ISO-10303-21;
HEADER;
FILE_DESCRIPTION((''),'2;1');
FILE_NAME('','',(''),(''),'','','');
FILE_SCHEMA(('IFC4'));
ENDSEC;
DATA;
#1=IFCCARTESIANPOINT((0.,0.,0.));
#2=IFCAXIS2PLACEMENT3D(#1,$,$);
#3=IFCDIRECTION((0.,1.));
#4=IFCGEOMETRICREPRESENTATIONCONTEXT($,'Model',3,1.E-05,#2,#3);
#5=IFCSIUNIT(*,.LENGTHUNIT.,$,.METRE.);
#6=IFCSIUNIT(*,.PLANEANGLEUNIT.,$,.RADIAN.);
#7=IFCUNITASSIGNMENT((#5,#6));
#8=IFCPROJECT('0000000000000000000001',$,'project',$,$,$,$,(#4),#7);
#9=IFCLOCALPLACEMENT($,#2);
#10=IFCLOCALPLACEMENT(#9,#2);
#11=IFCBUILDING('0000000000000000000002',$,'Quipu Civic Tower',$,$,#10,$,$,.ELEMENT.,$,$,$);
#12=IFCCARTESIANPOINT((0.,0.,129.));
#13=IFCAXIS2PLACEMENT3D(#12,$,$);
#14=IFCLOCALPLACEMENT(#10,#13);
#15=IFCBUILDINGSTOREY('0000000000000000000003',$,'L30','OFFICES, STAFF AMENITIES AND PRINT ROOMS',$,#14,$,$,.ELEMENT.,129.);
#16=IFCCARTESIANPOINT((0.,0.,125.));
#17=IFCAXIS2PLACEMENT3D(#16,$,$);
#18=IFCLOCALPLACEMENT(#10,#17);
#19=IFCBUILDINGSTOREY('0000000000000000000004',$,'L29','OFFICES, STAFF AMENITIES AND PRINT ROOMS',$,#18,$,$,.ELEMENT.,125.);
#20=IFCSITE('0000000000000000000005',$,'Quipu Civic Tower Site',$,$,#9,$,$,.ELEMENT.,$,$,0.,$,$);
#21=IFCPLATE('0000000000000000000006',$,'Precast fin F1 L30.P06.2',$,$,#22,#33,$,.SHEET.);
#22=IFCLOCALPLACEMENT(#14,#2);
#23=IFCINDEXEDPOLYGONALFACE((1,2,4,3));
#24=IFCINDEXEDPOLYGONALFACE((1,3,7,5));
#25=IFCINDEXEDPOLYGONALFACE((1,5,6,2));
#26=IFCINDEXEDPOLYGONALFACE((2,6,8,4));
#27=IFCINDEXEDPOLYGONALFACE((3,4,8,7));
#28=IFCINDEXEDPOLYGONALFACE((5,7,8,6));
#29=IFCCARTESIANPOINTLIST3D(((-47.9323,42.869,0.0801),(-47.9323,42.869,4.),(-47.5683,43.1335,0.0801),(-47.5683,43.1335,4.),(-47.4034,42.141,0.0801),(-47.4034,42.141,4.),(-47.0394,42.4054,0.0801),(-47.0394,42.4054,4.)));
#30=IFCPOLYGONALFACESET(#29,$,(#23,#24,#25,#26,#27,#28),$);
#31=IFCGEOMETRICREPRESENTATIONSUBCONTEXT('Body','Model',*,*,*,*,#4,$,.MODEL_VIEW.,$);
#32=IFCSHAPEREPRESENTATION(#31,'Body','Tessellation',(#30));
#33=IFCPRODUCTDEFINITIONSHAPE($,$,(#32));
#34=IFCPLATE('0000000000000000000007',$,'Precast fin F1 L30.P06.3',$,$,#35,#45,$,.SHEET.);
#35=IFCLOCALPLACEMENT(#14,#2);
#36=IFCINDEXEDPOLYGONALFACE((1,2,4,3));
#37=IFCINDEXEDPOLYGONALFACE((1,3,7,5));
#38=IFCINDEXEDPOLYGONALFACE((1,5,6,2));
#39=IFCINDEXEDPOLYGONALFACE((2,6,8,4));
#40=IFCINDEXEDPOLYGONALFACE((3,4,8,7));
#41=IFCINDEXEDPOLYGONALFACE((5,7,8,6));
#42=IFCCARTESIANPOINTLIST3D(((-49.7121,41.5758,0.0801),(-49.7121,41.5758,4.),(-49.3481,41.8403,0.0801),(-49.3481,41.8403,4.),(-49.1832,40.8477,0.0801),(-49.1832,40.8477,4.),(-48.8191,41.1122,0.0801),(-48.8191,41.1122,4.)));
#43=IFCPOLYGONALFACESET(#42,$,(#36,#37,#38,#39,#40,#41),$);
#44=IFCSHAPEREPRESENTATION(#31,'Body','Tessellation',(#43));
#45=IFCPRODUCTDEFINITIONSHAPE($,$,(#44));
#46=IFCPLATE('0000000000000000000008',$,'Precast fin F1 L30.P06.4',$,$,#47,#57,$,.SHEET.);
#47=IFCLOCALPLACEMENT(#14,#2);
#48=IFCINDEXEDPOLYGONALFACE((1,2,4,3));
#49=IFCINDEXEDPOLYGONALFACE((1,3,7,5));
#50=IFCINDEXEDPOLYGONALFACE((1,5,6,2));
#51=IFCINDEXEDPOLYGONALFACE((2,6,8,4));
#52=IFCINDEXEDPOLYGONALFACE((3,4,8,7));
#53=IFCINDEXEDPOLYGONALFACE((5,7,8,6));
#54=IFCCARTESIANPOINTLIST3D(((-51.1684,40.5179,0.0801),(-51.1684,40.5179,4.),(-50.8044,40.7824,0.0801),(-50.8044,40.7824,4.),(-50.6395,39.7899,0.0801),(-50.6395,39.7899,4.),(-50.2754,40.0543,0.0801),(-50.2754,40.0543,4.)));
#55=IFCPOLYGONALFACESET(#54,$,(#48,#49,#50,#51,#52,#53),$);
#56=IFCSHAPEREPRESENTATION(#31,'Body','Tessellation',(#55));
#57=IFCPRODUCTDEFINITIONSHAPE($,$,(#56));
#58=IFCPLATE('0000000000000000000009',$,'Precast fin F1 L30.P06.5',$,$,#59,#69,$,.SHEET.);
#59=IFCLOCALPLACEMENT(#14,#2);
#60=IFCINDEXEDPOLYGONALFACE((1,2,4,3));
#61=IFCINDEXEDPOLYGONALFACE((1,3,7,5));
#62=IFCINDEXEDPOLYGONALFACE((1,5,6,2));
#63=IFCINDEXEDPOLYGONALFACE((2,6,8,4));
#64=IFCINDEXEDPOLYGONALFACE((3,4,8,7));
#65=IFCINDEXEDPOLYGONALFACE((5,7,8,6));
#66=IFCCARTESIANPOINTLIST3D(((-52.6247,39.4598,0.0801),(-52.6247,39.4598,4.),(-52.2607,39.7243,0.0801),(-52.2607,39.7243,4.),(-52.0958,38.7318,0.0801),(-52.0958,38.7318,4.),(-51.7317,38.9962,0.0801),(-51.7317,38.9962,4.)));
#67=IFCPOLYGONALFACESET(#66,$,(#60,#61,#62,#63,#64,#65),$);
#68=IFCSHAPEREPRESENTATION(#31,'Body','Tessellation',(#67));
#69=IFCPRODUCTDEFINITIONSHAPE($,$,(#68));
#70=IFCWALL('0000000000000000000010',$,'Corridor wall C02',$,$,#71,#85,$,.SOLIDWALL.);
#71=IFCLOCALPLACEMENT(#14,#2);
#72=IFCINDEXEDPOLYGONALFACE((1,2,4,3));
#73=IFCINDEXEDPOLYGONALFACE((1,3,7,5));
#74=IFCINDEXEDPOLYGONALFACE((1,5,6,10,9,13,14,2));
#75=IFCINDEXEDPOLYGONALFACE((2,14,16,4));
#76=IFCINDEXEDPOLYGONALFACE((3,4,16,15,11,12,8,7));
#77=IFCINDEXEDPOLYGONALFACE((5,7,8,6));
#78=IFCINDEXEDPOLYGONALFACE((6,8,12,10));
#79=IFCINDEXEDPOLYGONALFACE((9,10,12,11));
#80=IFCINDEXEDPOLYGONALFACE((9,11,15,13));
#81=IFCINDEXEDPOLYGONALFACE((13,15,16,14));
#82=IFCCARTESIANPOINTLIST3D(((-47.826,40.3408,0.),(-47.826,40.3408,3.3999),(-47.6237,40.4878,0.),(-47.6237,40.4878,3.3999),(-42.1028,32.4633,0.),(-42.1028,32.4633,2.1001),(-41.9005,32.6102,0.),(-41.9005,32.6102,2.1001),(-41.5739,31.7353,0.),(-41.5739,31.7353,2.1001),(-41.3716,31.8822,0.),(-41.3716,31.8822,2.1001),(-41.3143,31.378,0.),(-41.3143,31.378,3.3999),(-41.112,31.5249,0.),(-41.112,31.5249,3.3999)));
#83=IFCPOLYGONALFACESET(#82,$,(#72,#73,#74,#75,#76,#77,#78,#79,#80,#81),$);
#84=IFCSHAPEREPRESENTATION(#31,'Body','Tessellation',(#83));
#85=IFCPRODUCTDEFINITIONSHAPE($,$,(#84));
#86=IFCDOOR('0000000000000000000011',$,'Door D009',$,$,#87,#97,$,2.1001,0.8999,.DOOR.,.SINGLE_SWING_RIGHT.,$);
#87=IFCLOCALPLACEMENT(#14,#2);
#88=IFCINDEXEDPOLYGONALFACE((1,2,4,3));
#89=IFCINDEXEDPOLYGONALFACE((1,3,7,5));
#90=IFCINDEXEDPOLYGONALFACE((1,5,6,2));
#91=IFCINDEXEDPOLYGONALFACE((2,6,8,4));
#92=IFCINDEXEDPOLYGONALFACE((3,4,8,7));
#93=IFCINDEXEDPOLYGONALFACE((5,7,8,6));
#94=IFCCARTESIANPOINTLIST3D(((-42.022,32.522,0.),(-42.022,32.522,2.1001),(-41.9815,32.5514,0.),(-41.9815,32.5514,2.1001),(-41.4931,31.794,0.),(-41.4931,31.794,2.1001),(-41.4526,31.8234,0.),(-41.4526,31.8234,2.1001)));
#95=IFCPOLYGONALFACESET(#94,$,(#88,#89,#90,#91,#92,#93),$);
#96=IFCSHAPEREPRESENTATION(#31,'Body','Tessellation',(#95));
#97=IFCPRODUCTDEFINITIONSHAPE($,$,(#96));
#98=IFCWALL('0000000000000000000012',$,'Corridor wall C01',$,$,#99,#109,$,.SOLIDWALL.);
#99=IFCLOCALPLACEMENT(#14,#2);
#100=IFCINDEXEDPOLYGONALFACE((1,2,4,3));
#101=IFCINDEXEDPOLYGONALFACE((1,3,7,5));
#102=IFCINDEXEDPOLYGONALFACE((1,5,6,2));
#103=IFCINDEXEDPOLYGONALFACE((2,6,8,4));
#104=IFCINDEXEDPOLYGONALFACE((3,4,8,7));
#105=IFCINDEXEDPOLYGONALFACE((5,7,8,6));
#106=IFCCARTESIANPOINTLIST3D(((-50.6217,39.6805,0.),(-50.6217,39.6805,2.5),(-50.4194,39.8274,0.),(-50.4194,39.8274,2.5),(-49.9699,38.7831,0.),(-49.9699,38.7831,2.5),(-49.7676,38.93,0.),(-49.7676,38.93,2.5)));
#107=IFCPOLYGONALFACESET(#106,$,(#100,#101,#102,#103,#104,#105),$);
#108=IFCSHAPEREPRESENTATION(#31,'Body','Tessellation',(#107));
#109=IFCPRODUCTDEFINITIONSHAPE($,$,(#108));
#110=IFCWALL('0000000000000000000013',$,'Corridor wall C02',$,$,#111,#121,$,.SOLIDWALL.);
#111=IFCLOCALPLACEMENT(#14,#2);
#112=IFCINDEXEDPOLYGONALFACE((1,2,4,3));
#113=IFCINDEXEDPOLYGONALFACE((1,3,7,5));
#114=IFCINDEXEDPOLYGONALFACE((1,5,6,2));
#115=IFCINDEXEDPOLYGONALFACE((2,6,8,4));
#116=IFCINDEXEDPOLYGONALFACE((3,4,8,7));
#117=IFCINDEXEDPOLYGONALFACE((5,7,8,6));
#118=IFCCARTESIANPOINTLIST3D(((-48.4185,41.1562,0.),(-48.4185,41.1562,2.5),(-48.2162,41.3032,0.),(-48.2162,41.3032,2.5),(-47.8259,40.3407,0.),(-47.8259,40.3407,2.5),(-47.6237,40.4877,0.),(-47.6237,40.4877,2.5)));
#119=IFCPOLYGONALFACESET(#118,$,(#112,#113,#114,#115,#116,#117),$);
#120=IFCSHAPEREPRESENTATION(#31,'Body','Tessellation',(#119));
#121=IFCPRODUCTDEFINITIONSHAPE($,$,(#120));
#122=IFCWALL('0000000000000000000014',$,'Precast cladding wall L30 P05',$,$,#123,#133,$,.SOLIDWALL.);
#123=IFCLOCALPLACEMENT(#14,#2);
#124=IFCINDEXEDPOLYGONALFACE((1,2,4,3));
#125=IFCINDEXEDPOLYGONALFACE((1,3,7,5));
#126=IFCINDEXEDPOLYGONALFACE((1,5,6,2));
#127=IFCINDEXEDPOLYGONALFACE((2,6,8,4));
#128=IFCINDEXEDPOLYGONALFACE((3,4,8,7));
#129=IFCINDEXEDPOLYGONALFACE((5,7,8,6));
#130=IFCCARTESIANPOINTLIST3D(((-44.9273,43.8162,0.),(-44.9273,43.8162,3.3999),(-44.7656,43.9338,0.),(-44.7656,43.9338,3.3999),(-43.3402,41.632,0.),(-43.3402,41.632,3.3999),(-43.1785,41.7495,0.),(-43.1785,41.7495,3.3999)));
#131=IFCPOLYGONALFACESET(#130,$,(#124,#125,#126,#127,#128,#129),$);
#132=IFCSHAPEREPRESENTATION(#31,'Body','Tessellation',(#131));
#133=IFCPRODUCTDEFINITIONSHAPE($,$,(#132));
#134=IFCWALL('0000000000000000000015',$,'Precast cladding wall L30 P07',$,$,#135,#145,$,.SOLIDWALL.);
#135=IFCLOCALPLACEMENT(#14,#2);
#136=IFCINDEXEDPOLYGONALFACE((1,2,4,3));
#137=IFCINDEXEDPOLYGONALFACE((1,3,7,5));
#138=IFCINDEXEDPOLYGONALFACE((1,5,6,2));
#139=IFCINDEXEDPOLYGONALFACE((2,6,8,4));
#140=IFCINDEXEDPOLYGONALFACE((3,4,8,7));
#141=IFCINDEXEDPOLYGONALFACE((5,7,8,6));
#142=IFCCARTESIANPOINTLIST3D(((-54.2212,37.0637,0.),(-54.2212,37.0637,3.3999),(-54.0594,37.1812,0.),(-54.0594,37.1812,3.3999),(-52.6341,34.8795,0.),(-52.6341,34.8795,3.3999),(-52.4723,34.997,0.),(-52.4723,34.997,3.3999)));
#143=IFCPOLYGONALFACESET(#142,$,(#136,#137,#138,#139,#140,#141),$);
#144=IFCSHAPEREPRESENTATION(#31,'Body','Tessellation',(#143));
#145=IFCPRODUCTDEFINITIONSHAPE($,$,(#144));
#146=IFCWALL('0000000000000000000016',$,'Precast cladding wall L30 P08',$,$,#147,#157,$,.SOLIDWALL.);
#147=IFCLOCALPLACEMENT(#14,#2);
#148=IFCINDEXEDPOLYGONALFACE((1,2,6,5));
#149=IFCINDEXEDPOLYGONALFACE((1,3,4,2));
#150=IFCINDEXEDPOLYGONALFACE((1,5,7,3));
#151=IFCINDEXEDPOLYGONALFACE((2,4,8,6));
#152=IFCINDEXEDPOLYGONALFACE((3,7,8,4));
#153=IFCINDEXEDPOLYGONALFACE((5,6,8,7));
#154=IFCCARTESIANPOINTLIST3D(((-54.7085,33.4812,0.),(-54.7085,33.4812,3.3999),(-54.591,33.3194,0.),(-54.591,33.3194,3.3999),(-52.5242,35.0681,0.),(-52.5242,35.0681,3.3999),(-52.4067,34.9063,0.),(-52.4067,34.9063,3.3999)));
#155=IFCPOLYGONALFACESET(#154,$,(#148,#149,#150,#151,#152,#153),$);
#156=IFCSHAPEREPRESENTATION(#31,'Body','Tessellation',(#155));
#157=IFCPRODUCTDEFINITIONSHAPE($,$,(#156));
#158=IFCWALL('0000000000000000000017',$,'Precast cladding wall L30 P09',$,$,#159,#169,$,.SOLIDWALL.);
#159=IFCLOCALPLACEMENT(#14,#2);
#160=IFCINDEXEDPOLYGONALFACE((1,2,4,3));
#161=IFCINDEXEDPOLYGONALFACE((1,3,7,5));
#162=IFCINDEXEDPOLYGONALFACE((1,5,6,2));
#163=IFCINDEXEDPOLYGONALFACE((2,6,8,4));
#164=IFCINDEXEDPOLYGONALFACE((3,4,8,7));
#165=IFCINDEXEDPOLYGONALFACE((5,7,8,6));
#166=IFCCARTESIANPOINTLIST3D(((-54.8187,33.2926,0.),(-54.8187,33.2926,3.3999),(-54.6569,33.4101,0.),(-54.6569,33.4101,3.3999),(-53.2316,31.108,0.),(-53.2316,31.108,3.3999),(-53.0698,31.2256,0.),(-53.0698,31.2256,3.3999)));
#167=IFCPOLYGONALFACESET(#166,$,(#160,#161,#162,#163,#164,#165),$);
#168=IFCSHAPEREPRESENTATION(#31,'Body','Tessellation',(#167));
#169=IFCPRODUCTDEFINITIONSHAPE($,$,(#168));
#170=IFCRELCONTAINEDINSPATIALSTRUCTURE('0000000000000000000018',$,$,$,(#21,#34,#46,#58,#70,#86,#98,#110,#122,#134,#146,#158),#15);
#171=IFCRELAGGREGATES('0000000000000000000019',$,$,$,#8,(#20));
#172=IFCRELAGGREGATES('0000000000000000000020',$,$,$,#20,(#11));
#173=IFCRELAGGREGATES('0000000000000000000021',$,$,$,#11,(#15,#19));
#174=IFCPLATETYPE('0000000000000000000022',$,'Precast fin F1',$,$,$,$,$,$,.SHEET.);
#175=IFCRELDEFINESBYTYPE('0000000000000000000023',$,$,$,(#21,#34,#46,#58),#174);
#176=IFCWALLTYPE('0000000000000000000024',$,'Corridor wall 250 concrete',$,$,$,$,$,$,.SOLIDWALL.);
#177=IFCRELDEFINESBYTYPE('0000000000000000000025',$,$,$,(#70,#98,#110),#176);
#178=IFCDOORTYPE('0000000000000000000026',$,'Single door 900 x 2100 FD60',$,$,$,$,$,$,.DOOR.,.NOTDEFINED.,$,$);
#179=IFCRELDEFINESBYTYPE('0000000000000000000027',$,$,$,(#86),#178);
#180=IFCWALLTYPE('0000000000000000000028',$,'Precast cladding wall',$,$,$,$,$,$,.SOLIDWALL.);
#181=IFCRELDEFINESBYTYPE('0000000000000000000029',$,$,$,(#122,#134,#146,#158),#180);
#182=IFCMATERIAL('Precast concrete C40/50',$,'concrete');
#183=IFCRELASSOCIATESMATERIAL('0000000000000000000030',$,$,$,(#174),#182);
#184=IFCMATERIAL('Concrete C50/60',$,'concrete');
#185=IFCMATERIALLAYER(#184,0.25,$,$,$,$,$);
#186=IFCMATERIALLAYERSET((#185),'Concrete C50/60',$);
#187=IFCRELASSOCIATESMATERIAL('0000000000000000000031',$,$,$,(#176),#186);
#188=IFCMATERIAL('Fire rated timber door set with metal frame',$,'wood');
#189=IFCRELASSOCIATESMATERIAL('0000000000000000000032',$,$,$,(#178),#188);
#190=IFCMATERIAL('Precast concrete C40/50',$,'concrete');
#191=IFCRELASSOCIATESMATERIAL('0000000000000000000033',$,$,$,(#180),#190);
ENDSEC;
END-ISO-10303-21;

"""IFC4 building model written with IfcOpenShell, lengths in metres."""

from ifc_helpers import new_model, si_unit, direction, frame, frame_2d, origin, origin_2d, place, context, subcontext, project, spatial, rectangle, extrude, material, layer, layer_set, type_object, element, fill, save


model = new_model("IFC4")

# Units and contexts
model_context = context("Model", 3, precision=1e-05, world=origin(), true_north=direction((0.0, 1.0)))
body_context = subcontext(model_context, "Body", "Model", "MODEL_VIEW")
ifc_project = project(units=[si_unit("LENGTHUNIT", "METRE"), si_unit("PLANEANGLEUNIT", "RADIAN")], contexts=[model_context])

# Site, building, storey
site_placement = place(None, origin())
site = spatial("IfcSite", under=ifc_project, at=site_placement, Name="Quipu Civic Tower Site", CompositionType="ELEMENT", RefElevation=0.0)
building_placement = place(site_placement, origin())
building = spatial("IfcBuilding", under=site, at=building_placement, Name="Quipu Civic Tower", CompositionType="ELEMENT")
storey_1_placement = place(building_placement, frame((0.0, 0.0, 129.0)))
storey_1 = spatial("IfcBuildingStorey", under=building, at=storey_1_placement, Name="L30", Description="OFFICES, STAFF AMENITIES AND PRINT ROOMS", CompositionType="ELEMENT", Elevation=129.0)

# Shared definitions
storey_2_placement = place(building_placement, frame((0.0, 0.0, 125.0)))
storey_2 = spatial("IfcBuildingStorey", under=building, at=storey_2_placement, Name="L29", Description="OFFICES, STAFF AMENITIES AND PRINT ROOMS", CompositionType="ELEMENT", Elevation=125.0)

# Plates
ifc_material_1 = material(Name="Precast concrete C40/50", Category="concrete")
plate_type_1 = type_object("IfcPlateType", Name="Precast fin F1", PredefinedType="SHEET", material=ifc_material_1)
for number, where, z_axis, x_axis, name in (
    (1, (-47.4858, 42.6372, 0.0801), (0.0, 0.0, 1.0), (-0.809021, -0.587779, 0.0), "Precast fin F1 L30.P06.2"),
    (2, (-49.2656, 41.344, 0.0801), (0.0, 0.0, 1.0), (-0.809021, -0.587779, 0.0), "Precast fin F1 L30.P06.3"),
    (3, (-50.7219, 40.2861, 0.0801), (0.0, 0.0, 1.0), (-0.809021, -0.587779, 0.0), "Precast fin F1 L30.P06.4"),
    (4, (-52.1782, 39.228, 0.0801), (0.0, 0.0, 1.0), (-0.809021, -0.587779, 0.0), "Precast fin F1 L30.P06.5"),
):
    element("IfcPlate", number, at=place(storey_1_placement, frame(where, z_axis=z_axis, x_axis=x_axis)), inside=storey_1, type_object=plate_type_1, Name=name, PredefinedType="SHEET", context=body_context, shape_type="SweptSolid", body=[
        extrude(rectangle(XDim=0.45, YDim=0.8999, at=origin_2d()), origin(), (0.0, 0.0, 1.0), 3.9199),
    ])

# Wall, opening, door
ifc_material_2 = material(Name="Concrete C50/60", Category="concrete")
ifc_layer_1 = layer(ifc_material_2, 0.25)
ifc_layer_set_1 = layer_set([ifc_layer_1], Name="Concrete C50/60")
wall_type_1 = type_object("IfcWallType", Name="Corridor wall 250 concrete", PredefinedType="SOLIDWALL", material=ifc_layer_set_1)
wall_1_placement = place(storey_1_placement, frame((-47.7249, 40.4143, 0.0), z_axis=(0.0, 0.0, 1.0), x_axis=(0.587773, -0.809026, 0.0)))
wall_1 = element("IfcWall", 5, at=wall_1_placement, inside=storey_1, type_object=wall_type_1, Name="Corridor wall C02", PredefinedType="SOLIDWALL", context=body_context, shape_type="SweptSolid", body=[
    extrude(rectangle(XDim=11.0786, YDim=0.25, at=frame_2d((5.5393, 0.0))), origin(), (0.0, 0.0, 1.0), 3.3999),
])
opening_placement = place(wall_1_placement, frame((9.7371, 0.0, 0.0)))
opening = element("IfcOpeningElement", 6, at=opening_placement, cuts=wall_1, PredefinedType="OPENING", context=body_context, shape_type="SweptSolid", body=[
    extrude(rectangle(XDim=0.8999, YDim=2.1001, at=frame_2d((0.45, 1.05))), frame((0.0, 0.135, 0.0), z_axis=(0.0, -1.0, 0.0), x_axis=(1.0, 0.0, 0.0)), (0.0, 0.0, 1.0), 0.27),
])
ifc_material_3 = material(Name="Fire rated timber door set with metal frame", Category="wood")
door_type = type_object("IfcDoorType", Name="Single door 900 x 2100 FD60", OperationType="NOTDEFINED", PredefinedType="DOOR", material=ifc_material_3)
door_placement = place(opening_placement, origin())
door = element("IfcDoor", 7, at=door_placement, inside=storey_1, type_object=door_type, Name="Door D009", OperationType="SINGLE_SWING_RIGHT", OverallHeight=2.1001, OverallWidth=0.8999, PredefinedType="DOOR", context=body_context, shape_type="SweptSolid", body=[
    extrude(rectangle(XDim=0.8999, YDim=2.1001, at=frame_2d((0.45, 1.05))), frame((0.0, 0.0249, 0.0), z_axis=(0.0, -1.0, 0.0), x_axis=(1.0, 0.0, 0.0)), (0.0, 0.0, 1.0), 0.05),
])
fill(opening, door)

# Walls
wall_2_placement = place(storey_1_placement, frame((-49.8687, 38.8564, 0.0), z_axis=(0.0, 0.0, 1.0), x_axis=(-0.587674, 0.809098, 0.0)))
element("IfcWall", 8, at=wall_2_placement, inside=storey_1, type_object=wall_type_1, Name="Corridor wall C01", PredefinedType="SOLIDWALL", context=body_context, shape_type="SweptSolid", body=[
    extrude(rectangle(XDim=1.1091, YDim=0.25, at=frame_2d((0.5547, 0.0))), origin(), (0.0, 0.0, 1.0), 2.5),
])
wall_3_placement = place(storey_1_placement, frame((-47.7249, 40.4143, 0.0), z_axis=(0.0, 0.0, 1.0), x_axis=(-0.58784, 0.808977, 0.0)))
element("IfcWall", 9, at=wall_3_placement, inside=storey_1, type_object=wall_type_1, Name="Corridor wall C02", PredefinedType="SOLIDWALL", context=body_context, shape_type="SweptSolid", body=[
    extrude(rectangle(XDim=1.0081, YDim=0.25, at=frame_2d((0.5039, 0.0))), origin(), (0.0, 0.0, 1.0), 2.5),
])
ifc_material_4 = material(Name="Precast concrete C40/50", Category="concrete")
wall_type_2 = type_object("IfcWallType", Name="Precast cladding wall", PredefinedType="SOLIDWALL", material=ifc_material_4)
for number, where, z_axis, x_axis, name in (
    (10, (-43.2593, 41.6907, 0.0), (0.0, 0.0, 1.0), (-0.587822, 0.80899, 0.0), "Precast cladding wall L30 P05"),
    (11, (-54.1404, 37.1226, 0.0), (0.0, 0.0, 1.0), (0.587822, -0.80899, 0.0), "Precast cladding wall L30 P07"),
    (12, (-52.4653, 34.9873, 0.0), (0.0, 0.0, 1.0), (-0.809033, -0.587763, 0.0), "Precast cladding wall L30 P08"),
):
    element("IfcWall", number, at=place(storey_1_placement, frame(where, z_axis=z_axis, x_axis=x_axis)), inside=storey_1, type_object=wall_type_2, Name=name, PredefinedType="SOLIDWALL", context=body_context, shape_type="SweptSolid", body=[
        extrude(rectangle(XDim=2.7, YDim=0.2, at=frame_2d((1.3501, 0.0))), origin(), (0.0, 0.0, 1.0), 3.3999),
    ])
wall_4_placement = place(storey_1_placement, frame((-54.7378, 33.3513, 0.0), z_axis=(0.0, 0.0, 1.0), x_axis=(0.587779, -0.809021, 0.0)))
element("IfcWall", 13, at=wall_4_placement, inside=storey_1, type_object=wall_type_2, Name="Precast cladding wall L30 P09", PredefinedType="SOLIDWALL", context=body_context, shape_type="SweptSolid", body=[
    extrude(rectangle(XDim=2.7002, YDim=0.2, at=frame_2d((1.3501, 0.0))), origin(), (0.0, 0.0, 1.0), 3.3999),
])

save(model, "model.ifc")
